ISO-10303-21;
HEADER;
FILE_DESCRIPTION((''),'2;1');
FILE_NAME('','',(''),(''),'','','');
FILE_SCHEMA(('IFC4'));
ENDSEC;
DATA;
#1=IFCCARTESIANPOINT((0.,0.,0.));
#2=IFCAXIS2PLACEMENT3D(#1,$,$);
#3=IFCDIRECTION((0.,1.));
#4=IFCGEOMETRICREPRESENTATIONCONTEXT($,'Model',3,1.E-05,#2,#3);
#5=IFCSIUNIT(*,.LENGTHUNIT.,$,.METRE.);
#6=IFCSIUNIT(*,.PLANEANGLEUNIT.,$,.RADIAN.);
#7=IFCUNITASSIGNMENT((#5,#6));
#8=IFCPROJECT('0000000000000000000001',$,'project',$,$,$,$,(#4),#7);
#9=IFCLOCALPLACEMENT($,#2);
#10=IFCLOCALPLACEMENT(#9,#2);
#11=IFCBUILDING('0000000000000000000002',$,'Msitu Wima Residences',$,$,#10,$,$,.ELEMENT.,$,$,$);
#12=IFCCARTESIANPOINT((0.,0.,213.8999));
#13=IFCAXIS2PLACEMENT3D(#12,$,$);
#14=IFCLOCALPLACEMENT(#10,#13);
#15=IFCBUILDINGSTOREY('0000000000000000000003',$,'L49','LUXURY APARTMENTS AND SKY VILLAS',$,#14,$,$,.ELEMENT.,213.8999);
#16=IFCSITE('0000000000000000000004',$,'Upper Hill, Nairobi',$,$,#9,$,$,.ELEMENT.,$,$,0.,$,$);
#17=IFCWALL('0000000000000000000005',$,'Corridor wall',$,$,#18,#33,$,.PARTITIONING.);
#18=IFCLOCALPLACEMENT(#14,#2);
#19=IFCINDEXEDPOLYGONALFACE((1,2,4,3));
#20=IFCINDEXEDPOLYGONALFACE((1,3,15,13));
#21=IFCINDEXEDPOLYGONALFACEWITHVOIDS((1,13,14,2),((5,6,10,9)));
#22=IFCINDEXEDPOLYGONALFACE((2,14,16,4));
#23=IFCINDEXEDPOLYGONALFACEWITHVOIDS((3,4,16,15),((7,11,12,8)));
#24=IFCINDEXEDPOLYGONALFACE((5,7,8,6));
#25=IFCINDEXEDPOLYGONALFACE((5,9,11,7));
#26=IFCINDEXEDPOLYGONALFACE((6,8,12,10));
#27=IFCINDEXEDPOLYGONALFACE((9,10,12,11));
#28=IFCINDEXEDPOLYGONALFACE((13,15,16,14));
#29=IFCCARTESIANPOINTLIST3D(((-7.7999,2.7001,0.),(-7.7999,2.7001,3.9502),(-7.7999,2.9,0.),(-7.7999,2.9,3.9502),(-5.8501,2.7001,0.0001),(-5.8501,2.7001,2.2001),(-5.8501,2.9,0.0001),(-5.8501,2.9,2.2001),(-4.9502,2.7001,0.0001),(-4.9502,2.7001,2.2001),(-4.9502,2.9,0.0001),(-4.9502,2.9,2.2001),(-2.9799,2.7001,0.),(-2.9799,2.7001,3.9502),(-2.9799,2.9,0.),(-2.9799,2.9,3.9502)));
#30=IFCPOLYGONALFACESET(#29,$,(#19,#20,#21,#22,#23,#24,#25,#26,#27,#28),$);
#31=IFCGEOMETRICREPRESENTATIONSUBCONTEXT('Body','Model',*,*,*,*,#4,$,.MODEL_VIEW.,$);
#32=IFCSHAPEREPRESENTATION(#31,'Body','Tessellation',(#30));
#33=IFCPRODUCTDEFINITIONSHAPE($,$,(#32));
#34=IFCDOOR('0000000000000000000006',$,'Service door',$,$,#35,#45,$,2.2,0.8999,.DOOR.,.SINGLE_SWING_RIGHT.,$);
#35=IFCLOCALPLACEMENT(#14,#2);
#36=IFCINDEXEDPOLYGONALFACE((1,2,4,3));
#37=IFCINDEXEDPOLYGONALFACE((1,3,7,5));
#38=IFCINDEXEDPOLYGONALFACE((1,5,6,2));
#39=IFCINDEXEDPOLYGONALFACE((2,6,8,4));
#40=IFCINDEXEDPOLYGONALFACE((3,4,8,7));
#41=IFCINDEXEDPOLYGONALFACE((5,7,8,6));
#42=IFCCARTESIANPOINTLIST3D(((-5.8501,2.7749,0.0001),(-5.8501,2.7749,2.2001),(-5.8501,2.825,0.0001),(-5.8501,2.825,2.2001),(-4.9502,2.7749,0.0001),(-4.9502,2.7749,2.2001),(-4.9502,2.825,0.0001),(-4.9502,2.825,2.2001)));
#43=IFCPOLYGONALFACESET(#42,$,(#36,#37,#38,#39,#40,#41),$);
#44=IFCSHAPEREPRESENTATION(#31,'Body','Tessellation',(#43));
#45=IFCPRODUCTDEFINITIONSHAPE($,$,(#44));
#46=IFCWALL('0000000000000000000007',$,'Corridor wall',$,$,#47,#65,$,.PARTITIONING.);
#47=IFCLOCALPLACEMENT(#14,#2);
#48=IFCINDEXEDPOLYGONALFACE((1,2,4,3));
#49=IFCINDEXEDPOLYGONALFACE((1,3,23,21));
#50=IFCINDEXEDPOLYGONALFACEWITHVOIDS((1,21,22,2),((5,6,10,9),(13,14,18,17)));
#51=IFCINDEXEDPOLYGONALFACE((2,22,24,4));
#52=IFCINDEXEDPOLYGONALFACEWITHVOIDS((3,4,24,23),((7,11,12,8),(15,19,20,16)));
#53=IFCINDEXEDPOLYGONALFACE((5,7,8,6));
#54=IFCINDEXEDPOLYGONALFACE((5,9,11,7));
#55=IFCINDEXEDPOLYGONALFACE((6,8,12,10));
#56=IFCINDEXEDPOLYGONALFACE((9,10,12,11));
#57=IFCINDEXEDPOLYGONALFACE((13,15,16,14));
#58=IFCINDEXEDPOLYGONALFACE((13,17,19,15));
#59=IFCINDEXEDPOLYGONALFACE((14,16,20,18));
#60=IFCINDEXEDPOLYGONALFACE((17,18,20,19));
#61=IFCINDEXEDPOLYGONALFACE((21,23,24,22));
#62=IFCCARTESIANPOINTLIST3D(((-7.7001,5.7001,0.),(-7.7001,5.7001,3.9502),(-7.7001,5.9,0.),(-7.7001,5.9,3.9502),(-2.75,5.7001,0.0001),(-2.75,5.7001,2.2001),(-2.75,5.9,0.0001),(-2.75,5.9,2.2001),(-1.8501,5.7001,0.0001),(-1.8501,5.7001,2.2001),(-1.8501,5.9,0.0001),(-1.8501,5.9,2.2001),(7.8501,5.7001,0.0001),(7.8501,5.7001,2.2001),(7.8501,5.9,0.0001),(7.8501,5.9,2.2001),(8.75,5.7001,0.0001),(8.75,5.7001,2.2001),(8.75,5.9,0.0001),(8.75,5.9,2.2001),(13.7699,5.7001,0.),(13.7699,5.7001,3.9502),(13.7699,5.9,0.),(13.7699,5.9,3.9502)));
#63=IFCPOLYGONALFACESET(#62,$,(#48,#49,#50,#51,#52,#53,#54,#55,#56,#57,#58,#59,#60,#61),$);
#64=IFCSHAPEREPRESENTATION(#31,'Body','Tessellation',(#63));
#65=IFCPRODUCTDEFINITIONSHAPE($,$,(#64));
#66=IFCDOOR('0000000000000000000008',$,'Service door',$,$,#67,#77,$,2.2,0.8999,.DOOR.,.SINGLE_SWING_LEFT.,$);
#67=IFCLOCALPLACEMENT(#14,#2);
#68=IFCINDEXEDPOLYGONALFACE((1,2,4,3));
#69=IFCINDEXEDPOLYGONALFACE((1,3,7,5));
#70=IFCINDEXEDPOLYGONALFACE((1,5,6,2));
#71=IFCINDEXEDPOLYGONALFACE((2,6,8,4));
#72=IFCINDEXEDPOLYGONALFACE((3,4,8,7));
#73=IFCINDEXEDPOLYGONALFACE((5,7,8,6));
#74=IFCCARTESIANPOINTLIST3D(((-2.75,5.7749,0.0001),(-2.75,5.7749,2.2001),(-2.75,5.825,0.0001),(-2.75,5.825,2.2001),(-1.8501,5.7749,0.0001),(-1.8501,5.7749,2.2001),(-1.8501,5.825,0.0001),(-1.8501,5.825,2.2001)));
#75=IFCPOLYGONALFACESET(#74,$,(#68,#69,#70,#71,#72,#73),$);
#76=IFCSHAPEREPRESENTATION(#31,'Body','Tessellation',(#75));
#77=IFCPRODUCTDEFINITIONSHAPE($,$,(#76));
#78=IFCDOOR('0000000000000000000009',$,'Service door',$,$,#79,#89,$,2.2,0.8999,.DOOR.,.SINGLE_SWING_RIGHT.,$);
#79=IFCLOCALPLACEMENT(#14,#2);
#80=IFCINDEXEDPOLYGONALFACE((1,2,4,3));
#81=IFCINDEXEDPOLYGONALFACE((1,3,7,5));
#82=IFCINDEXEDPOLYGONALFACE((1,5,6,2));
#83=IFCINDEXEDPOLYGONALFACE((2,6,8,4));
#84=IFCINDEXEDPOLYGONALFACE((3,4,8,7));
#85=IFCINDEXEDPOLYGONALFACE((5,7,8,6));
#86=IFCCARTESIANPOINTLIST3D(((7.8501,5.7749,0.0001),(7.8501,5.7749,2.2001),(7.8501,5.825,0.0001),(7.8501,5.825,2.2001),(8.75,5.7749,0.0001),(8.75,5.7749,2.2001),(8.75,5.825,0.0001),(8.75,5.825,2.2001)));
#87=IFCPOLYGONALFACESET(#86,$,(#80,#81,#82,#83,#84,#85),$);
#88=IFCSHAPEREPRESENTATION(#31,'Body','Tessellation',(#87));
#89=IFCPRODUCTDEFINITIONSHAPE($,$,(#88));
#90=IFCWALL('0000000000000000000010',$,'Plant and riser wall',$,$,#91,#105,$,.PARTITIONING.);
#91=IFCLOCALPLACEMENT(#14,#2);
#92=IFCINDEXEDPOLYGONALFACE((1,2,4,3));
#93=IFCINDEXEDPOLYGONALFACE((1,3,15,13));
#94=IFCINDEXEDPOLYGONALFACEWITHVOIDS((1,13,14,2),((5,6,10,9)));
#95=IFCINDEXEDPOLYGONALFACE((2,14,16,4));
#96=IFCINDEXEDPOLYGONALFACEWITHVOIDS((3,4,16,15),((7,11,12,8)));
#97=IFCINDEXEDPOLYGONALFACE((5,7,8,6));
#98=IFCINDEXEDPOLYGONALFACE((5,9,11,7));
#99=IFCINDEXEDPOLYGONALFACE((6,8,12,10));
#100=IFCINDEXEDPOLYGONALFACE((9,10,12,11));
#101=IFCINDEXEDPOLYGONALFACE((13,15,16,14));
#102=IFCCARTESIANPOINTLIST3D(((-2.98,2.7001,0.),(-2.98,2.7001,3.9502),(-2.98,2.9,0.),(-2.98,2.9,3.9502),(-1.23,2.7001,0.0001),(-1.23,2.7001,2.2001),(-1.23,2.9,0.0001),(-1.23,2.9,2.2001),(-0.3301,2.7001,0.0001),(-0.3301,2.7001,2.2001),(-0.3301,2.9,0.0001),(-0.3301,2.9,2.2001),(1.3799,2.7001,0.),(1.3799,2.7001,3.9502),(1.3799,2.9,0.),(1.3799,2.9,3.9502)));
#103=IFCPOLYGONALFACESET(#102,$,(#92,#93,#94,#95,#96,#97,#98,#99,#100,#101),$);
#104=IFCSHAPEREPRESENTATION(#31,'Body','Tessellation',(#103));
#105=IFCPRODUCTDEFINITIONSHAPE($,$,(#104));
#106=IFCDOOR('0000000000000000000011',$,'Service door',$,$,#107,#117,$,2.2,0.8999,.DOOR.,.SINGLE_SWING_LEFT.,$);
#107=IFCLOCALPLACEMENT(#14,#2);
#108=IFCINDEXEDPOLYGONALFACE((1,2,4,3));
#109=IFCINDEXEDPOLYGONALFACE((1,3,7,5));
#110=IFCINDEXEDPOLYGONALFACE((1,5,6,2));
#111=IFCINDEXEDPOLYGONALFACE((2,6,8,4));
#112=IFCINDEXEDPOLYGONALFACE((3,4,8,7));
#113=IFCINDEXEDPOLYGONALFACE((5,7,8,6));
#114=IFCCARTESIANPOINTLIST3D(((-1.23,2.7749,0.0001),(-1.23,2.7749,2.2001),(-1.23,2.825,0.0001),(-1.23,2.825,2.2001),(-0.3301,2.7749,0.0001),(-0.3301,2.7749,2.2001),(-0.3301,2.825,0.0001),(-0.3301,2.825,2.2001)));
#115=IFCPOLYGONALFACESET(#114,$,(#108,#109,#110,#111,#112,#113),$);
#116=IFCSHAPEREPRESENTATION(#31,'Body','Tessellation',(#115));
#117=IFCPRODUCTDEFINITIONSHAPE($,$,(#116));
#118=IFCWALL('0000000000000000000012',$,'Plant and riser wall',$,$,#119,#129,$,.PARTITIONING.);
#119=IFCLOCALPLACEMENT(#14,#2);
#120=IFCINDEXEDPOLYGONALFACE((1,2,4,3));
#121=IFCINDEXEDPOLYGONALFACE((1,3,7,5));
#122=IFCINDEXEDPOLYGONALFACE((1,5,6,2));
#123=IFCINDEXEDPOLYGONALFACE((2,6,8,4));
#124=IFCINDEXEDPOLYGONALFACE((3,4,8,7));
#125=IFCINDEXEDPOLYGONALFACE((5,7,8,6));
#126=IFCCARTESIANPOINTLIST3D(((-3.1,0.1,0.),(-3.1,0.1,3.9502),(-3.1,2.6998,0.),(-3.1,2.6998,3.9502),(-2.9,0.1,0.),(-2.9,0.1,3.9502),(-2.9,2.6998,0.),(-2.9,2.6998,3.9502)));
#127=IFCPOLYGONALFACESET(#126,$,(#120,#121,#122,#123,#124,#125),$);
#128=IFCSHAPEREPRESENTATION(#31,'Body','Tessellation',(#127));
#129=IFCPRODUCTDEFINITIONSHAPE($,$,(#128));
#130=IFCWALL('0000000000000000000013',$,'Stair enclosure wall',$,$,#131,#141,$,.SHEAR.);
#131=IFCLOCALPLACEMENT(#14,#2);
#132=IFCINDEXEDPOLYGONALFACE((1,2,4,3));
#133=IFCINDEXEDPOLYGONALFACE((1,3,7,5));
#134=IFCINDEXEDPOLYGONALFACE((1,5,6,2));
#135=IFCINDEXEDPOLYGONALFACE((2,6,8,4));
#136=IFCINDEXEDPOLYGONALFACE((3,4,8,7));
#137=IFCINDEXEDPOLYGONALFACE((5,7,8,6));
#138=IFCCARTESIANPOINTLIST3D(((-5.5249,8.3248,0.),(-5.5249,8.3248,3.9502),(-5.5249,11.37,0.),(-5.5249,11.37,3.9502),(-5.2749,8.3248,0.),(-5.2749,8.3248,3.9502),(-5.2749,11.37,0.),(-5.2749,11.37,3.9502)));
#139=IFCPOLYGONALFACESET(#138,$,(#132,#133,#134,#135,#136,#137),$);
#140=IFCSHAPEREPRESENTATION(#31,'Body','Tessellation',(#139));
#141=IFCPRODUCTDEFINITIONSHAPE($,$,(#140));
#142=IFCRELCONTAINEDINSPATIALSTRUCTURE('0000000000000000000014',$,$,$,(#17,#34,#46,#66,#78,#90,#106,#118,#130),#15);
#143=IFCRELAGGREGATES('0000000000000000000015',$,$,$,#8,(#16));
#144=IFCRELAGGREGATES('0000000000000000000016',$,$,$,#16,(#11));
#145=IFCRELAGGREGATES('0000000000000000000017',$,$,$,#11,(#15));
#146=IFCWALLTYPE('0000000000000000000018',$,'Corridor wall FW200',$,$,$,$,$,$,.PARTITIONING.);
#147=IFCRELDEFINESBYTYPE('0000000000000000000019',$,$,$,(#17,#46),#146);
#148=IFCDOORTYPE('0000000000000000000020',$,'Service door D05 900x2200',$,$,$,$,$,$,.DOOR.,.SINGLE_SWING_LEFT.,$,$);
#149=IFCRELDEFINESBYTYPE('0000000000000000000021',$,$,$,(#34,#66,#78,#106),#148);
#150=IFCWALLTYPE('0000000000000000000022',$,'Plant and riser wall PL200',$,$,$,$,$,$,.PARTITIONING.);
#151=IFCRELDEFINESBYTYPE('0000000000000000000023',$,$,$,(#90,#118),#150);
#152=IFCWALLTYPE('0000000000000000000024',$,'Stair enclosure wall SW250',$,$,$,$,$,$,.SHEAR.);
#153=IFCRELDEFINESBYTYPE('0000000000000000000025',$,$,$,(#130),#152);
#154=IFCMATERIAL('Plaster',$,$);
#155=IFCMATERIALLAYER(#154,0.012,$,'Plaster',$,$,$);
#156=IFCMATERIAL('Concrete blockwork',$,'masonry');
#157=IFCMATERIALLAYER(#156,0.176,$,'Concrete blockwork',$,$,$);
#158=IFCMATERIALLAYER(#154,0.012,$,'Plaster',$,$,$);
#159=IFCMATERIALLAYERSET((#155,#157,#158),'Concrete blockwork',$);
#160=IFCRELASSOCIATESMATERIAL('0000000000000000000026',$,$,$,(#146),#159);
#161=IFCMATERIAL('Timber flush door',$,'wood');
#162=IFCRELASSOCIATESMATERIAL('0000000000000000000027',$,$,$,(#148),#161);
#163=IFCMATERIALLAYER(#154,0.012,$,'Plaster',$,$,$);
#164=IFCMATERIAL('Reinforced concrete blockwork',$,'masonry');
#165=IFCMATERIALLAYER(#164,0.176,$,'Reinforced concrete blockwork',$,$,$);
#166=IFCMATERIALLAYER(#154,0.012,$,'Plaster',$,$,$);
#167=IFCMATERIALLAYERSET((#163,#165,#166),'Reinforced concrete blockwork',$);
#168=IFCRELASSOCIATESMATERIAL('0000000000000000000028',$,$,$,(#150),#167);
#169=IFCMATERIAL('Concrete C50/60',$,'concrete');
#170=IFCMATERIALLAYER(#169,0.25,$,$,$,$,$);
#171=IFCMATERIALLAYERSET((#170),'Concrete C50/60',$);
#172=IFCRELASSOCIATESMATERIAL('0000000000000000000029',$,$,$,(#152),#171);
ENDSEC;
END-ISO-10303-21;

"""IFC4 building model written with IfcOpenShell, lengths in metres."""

from ifc_helpers import new_model, si_unit, direction, frame, frame_2d, origin, place, context, subcontext, project, spatial, rectangle, extrude, material, layer, layer_set, type_object, element, fill, save


model = new_model("IFC4")

# Units and contexts
model_context = context("Model", 3, precision=1e-05, world=origin(), true_north=direction((0.0, 1.0)))
body_context = subcontext(model_context, "Body", "Model", "MODEL_VIEW")
ifc_project = project(units=[si_unit("LENGTHUNIT", "METRE"), si_unit("PLANEANGLEUNIT", "RADIAN")], contexts=[model_context])

# Site, building, storey
site_placement = place(None, origin())
site = spatial("IfcSite", under=ifc_project, at=site_placement, Name="Upper Hill, Nairobi", CompositionType="ELEMENT", RefElevation=0.0)
building_placement = place(site_placement, origin())
building = spatial("IfcBuilding", under=site, at=building_placement, Name="Msitu Wima Residences", CompositionType="ELEMENT")
storey_placement = place(building_placement, frame((0.0, 0.0, 213.8999)))
storey = spatial("IfcBuildingStorey", under=building, at=storey_placement, Name="L49", Description="LUXURY APARTMENTS AND SKY VILLAS", CompositionType="ELEMENT", Elevation=213.8999)

# Wall, opening, door
ifc_material_1 = material(Name="Plaster")
ifc_layer_1 = layer(ifc_material_1, 0.012, Name="Plaster")
ifc_material_2 = material(Name="Concrete blockwork", Category="masonry")
ifc_layer_2 = layer(ifc_material_2, 0.176, Name="Concrete blockwork")
ifc_layer_3 = layer(ifc_material_1, 0.012, Name="Plaster")
ifc_layer_set_1 = layer_set([ifc_layer_1, ifc_layer_2, ifc_layer_3], Name="Concrete blockwork")
wall_type_1 = type_object("IfcWallType", Name="Corridor wall FW200", PredefinedType="PARTITIONING", material=ifc_layer_set_1)
wall_1_placement = place(storey_placement, frame((-7.8, 2.8, 0.0), z_axis=(0.0, 0.0, 1.0), x_axis=(1.0, 0.0, 0.0)))
wall_1 = element("IfcWall", 1, at=wall_1_placement, inside=storey, type_object=wall_type_1, Name="Corridor wall", PredefinedType="PARTITIONING", context=body_context, shape_type="SweptSolid", body=[
    extrude(rectangle(XDim=4.8201, YDim=0.2, at=frame_2d((2.4102, 0.0))), origin(), (0.0, 0.0, 1.0), 3.9502),
])
opening_1_placement = place(wall_1_placement, frame((1.95, 0.0, 0.0)))
opening_1 = element("IfcOpeningElement", 2, at=opening_1_placement, cuts=wall_1, PredefinedType="OPENING", context=body_context, shape_type="SweptSolid", body=[
    extrude(rectangle(XDim=0.8999, YDim=2.2, at=frame_2d((0.45, 1.1001))), frame((0.0, 0.1099, 0.0), z_axis=(0.0, -1.0, 0.0), x_axis=(1.0, 0.0, 0.0)), (0.0, 0.0, 1.0), 0.22),
])
ifc_material_3 = material(Name="Timber flush door", Category="wood")
door_type_1 = type_object("IfcDoorType", Name="Service door D05 900x2200", OperationType="SINGLE_SWING_LEFT", PredefinedType="DOOR", material=ifc_material_3)
door_1_placement = place(opening_1_placement, origin())
door_1 = element("IfcDoor", 3, at=door_1_placement, inside=storey, type_object=door_type_1, Name="Service door", OperationType="SINGLE_SWING_RIGHT", OverallHeight=2.2, OverallWidth=0.8999, PredefinedType="DOOR", context=body_context, shape_type="SweptSolid", body=[
    extrude(rectangle(XDim=0.8999, YDim=2.2, at=frame_2d((0.45, 1.1001))), frame((0.0, 0.0249, 0.0), z_axis=(0.0, -1.0, 0.0), x_axis=(1.0, 0.0, 0.0)), (0.0, 0.0, 1.0), 0.05),
])
fill(opening_1, door_1)

# Wall, openings, doors
wall_2_placement = place(storey_placement, frame((-7.7, 5.8, 0.0), z_axis=(0.0, 0.0, 1.0), x_axis=(1.0, 0.0, 0.0)))
wall_2 = element("IfcWall", 4, at=wall_2_placement, inside=storey, type_object=wall_type_1, Name="Corridor wall", PredefinedType="PARTITIONING", context=body_context, shape_type="SweptSolid", body=[
    extrude(rectangle(XDim=21.47, YDim=0.2, at=frame_2d((10.7349, 0.0))), origin(), (0.0, 0.0, 1.0), 3.9502),
])
opening_2_placement = place(wall_2_placement, frame((4.95, 0.0, 0.0)))
opening_2 = element("IfcOpeningElement", 5, at=opening_2_placement, cuts=wall_2, PredefinedType="OPENING", context=body_context, shape_type="SweptSolid", body=[
    extrude(rectangle(XDim=0.8999, YDim=2.2, at=frame_2d((0.45, 1.1001))), frame((0.0, 0.1099, 0.0), z_axis=(0.0, -1.0, 0.0), x_axis=(1.0, 0.0, 0.0)), (0.0, 0.0, 1.0), 0.22),
])
opening_3_placement = place(wall_2_placement, frame((15.55, 0.0, 0.0)))
opening_3 = element("IfcOpeningElement", 6, at=opening_3_placement, cuts=wall_2, PredefinedType="OPENING", context=body_context, shape_type="SweptSolid", body=[
    extrude(rectangle(XDim=0.8999, YDim=2.2, at=frame_2d((0.45, 1.1001))), frame((0.0, 0.1099, 0.0), z_axis=(0.0, -1.0, 0.0), x_axis=(1.0, 0.0, 0.0)), (0.0, 0.0, 1.0), 0.22),
])
door_2_placement = place(opening_2_placement, origin())
door_2 = element("IfcDoor", 7, at=door_2_placement, inside=storey, type_object=door_type_1, Name="Service door", OperationType="SINGLE_SWING_LEFT", OverallHeight=2.2, OverallWidth=0.8999, PredefinedType="DOOR", context=body_context, shape_type="SweptSolid", body=[
    extrude(rectangle(XDim=0.8999, YDim=2.2, at=frame_2d((0.45, 1.1001))), frame((0.0, 0.0249, 0.0), z_axis=(0.0, -1.0, 0.0), x_axis=(1.0, 0.0, 0.0)), (0.0, 0.0, 1.0), 0.05),
])
fill(opening_2, door_2)
door_3_placement = place(opening_3_placement, origin())
door_3 = element("IfcDoor", 8, at=door_3_placement, inside=storey, type_object=door_type_1, Name="Service door", OperationType="SINGLE_SWING_RIGHT", OverallHeight=2.2, OverallWidth=0.8999, PredefinedType="DOOR", context=body_context, shape_type="SweptSolid", body=[
    extrude(rectangle(XDim=0.8999, YDim=2.2, at=frame_2d((0.45, 1.1001))), frame((0.0, 0.0249, 0.0), z_axis=(0.0, -1.0, 0.0), x_axis=(1.0, 0.0, 0.0)), (0.0, 0.0, 1.0), 0.05),
])
fill(opening_3, door_3)

# Wall, opening, door
ifc_layer_4 = layer(ifc_material_1, 0.012, Name="Plaster")
ifc_material_4 = material(Name="Reinforced concrete blockwork", Category="masonry")
ifc_layer_5 = layer(ifc_material_4, 0.176, Name="Reinforced concrete blockwork")
ifc_layer_6 = layer(ifc_material_1, 0.012, Name="Plaster")
ifc_layer_set_2 = layer_set([ifc_layer_4, ifc_layer_5, ifc_layer_6], Name="Reinforced concrete blockwork")
wall_type_2 = type_object("IfcWallType", Name="Plant and riser wall PL200", PredefinedType="PARTITIONING", material=ifc_layer_set_2)
wall_3_placement = place(storey_placement, frame((-2.98, 2.8, 0.0), z_axis=(0.0, 0.0, 1.0), x_axis=(1.0, 0.0, 0.0)))
wall_3 = element("IfcWall", 9, at=wall_3_placement, inside=storey, type_object=wall_type_2, Name="Plant and riser wall", PredefinedType="PARTITIONING", context=body_context, shape_type="SweptSolid", body=[
    extrude(rectangle(XDim=4.3599, YDim=0.2, at=frame_2d((2.1799, 0.0))), origin(), (0.0, 0.0, 1.0), 3.9502),
])
opening_4_placement = place(wall_3_placement, frame((1.75, 0.0, 0.0)))
opening_4 = element("IfcOpeningElement", 10, at=opening_4_placement, cuts=wall_3, PredefinedType="OPENING", context=body_context, shape_type="SweptSolid", body=[
    extrude(rectangle(XDim=0.8999, YDim=2.2, at=frame_2d((0.45, 1.1001))), frame((0.0, 0.1099, 0.0), z_axis=(0.0, -1.0, 0.0), x_axis=(1.0, 0.0, 0.0)), (0.0, 0.0, 1.0), 0.22),
])
door_4_placement = place(opening_4_placement, origin())
door_4 = element("IfcDoor", 11, at=door_4_placement, inside=storey, type_object=door_type_1, Name="Service door", OperationType="SINGLE_SWING_LEFT", OverallHeight=2.2, OverallWidth=0.8999, PredefinedType="DOOR", context=body_context, shape_type="SweptSolid", body=[
    extrude(rectangle(XDim=0.8999, YDim=2.2, at=frame_2d((0.45, 1.1001))), frame((0.0, 0.0249, 0.0), z_axis=(0.0, -1.0, 0.0), x_axis=(1.0, 0.0, 0.0)), (0.0, 0.0, 1.0), 0.05),
])
fill(opening_4, door_4)

# Walls
wall_4_placement = place(storey_placement, frame((-3.0, 0.1001, 0.0), z_axis=(0.0, 0.0, 1.0), x_axis=(0.0, 1.0, 0.0)))
element("IfcWall", 12, at=wall_4_placement, inside=storey, type_object=wall_type_2, Name="Plant and riser wall", PredefinedType="PARTITIONING", context=body_context, shape_type="SweptSolid", body=[
    extrude(rectangle(XDim=2.5999, YDim=0.2, at=frame_2d((1.2998, 0.0))), origin(), (0.0, 0.0, 1.0), 3.9502),
])
ifc_material_5 = material(Name="Concrete C50/60", Category="concrete")
ifc_layer_7 = layer(ifc_material_5, 0.25)
ifc_layer_set_3 = layer_set([ifc_layer_7], Name="Concrete C50/60")
wall_type_3 = type_object("IfcWallType", Name="Stair enclosure wall SW250", PredefinedType="SHEAR", material=ifc_layer_set_3)
wall_5_placement = place(storey_placement, frame((-5.3999, 8.325, 0.0), z_axis=(0.0, 0.0, 1.0), x_axis=(0.0, 1.0, 0.0)))
element("IfcWall", 13, at=wall_5_placement, inside=storey, type_object=wall_type_3, Name="Stair enclosure wall", PredefinedType="SHEAR", context=body_context, shape_type="SweptSolid", body=[
    extrude(rectangle(XDim=3.0452, YDim=0.25, at=frame_2d((1.5225, 0.0))), origin(), (0.0, 0.0, 1.0), 3.9502),
])

save(model, "model.ifc")
